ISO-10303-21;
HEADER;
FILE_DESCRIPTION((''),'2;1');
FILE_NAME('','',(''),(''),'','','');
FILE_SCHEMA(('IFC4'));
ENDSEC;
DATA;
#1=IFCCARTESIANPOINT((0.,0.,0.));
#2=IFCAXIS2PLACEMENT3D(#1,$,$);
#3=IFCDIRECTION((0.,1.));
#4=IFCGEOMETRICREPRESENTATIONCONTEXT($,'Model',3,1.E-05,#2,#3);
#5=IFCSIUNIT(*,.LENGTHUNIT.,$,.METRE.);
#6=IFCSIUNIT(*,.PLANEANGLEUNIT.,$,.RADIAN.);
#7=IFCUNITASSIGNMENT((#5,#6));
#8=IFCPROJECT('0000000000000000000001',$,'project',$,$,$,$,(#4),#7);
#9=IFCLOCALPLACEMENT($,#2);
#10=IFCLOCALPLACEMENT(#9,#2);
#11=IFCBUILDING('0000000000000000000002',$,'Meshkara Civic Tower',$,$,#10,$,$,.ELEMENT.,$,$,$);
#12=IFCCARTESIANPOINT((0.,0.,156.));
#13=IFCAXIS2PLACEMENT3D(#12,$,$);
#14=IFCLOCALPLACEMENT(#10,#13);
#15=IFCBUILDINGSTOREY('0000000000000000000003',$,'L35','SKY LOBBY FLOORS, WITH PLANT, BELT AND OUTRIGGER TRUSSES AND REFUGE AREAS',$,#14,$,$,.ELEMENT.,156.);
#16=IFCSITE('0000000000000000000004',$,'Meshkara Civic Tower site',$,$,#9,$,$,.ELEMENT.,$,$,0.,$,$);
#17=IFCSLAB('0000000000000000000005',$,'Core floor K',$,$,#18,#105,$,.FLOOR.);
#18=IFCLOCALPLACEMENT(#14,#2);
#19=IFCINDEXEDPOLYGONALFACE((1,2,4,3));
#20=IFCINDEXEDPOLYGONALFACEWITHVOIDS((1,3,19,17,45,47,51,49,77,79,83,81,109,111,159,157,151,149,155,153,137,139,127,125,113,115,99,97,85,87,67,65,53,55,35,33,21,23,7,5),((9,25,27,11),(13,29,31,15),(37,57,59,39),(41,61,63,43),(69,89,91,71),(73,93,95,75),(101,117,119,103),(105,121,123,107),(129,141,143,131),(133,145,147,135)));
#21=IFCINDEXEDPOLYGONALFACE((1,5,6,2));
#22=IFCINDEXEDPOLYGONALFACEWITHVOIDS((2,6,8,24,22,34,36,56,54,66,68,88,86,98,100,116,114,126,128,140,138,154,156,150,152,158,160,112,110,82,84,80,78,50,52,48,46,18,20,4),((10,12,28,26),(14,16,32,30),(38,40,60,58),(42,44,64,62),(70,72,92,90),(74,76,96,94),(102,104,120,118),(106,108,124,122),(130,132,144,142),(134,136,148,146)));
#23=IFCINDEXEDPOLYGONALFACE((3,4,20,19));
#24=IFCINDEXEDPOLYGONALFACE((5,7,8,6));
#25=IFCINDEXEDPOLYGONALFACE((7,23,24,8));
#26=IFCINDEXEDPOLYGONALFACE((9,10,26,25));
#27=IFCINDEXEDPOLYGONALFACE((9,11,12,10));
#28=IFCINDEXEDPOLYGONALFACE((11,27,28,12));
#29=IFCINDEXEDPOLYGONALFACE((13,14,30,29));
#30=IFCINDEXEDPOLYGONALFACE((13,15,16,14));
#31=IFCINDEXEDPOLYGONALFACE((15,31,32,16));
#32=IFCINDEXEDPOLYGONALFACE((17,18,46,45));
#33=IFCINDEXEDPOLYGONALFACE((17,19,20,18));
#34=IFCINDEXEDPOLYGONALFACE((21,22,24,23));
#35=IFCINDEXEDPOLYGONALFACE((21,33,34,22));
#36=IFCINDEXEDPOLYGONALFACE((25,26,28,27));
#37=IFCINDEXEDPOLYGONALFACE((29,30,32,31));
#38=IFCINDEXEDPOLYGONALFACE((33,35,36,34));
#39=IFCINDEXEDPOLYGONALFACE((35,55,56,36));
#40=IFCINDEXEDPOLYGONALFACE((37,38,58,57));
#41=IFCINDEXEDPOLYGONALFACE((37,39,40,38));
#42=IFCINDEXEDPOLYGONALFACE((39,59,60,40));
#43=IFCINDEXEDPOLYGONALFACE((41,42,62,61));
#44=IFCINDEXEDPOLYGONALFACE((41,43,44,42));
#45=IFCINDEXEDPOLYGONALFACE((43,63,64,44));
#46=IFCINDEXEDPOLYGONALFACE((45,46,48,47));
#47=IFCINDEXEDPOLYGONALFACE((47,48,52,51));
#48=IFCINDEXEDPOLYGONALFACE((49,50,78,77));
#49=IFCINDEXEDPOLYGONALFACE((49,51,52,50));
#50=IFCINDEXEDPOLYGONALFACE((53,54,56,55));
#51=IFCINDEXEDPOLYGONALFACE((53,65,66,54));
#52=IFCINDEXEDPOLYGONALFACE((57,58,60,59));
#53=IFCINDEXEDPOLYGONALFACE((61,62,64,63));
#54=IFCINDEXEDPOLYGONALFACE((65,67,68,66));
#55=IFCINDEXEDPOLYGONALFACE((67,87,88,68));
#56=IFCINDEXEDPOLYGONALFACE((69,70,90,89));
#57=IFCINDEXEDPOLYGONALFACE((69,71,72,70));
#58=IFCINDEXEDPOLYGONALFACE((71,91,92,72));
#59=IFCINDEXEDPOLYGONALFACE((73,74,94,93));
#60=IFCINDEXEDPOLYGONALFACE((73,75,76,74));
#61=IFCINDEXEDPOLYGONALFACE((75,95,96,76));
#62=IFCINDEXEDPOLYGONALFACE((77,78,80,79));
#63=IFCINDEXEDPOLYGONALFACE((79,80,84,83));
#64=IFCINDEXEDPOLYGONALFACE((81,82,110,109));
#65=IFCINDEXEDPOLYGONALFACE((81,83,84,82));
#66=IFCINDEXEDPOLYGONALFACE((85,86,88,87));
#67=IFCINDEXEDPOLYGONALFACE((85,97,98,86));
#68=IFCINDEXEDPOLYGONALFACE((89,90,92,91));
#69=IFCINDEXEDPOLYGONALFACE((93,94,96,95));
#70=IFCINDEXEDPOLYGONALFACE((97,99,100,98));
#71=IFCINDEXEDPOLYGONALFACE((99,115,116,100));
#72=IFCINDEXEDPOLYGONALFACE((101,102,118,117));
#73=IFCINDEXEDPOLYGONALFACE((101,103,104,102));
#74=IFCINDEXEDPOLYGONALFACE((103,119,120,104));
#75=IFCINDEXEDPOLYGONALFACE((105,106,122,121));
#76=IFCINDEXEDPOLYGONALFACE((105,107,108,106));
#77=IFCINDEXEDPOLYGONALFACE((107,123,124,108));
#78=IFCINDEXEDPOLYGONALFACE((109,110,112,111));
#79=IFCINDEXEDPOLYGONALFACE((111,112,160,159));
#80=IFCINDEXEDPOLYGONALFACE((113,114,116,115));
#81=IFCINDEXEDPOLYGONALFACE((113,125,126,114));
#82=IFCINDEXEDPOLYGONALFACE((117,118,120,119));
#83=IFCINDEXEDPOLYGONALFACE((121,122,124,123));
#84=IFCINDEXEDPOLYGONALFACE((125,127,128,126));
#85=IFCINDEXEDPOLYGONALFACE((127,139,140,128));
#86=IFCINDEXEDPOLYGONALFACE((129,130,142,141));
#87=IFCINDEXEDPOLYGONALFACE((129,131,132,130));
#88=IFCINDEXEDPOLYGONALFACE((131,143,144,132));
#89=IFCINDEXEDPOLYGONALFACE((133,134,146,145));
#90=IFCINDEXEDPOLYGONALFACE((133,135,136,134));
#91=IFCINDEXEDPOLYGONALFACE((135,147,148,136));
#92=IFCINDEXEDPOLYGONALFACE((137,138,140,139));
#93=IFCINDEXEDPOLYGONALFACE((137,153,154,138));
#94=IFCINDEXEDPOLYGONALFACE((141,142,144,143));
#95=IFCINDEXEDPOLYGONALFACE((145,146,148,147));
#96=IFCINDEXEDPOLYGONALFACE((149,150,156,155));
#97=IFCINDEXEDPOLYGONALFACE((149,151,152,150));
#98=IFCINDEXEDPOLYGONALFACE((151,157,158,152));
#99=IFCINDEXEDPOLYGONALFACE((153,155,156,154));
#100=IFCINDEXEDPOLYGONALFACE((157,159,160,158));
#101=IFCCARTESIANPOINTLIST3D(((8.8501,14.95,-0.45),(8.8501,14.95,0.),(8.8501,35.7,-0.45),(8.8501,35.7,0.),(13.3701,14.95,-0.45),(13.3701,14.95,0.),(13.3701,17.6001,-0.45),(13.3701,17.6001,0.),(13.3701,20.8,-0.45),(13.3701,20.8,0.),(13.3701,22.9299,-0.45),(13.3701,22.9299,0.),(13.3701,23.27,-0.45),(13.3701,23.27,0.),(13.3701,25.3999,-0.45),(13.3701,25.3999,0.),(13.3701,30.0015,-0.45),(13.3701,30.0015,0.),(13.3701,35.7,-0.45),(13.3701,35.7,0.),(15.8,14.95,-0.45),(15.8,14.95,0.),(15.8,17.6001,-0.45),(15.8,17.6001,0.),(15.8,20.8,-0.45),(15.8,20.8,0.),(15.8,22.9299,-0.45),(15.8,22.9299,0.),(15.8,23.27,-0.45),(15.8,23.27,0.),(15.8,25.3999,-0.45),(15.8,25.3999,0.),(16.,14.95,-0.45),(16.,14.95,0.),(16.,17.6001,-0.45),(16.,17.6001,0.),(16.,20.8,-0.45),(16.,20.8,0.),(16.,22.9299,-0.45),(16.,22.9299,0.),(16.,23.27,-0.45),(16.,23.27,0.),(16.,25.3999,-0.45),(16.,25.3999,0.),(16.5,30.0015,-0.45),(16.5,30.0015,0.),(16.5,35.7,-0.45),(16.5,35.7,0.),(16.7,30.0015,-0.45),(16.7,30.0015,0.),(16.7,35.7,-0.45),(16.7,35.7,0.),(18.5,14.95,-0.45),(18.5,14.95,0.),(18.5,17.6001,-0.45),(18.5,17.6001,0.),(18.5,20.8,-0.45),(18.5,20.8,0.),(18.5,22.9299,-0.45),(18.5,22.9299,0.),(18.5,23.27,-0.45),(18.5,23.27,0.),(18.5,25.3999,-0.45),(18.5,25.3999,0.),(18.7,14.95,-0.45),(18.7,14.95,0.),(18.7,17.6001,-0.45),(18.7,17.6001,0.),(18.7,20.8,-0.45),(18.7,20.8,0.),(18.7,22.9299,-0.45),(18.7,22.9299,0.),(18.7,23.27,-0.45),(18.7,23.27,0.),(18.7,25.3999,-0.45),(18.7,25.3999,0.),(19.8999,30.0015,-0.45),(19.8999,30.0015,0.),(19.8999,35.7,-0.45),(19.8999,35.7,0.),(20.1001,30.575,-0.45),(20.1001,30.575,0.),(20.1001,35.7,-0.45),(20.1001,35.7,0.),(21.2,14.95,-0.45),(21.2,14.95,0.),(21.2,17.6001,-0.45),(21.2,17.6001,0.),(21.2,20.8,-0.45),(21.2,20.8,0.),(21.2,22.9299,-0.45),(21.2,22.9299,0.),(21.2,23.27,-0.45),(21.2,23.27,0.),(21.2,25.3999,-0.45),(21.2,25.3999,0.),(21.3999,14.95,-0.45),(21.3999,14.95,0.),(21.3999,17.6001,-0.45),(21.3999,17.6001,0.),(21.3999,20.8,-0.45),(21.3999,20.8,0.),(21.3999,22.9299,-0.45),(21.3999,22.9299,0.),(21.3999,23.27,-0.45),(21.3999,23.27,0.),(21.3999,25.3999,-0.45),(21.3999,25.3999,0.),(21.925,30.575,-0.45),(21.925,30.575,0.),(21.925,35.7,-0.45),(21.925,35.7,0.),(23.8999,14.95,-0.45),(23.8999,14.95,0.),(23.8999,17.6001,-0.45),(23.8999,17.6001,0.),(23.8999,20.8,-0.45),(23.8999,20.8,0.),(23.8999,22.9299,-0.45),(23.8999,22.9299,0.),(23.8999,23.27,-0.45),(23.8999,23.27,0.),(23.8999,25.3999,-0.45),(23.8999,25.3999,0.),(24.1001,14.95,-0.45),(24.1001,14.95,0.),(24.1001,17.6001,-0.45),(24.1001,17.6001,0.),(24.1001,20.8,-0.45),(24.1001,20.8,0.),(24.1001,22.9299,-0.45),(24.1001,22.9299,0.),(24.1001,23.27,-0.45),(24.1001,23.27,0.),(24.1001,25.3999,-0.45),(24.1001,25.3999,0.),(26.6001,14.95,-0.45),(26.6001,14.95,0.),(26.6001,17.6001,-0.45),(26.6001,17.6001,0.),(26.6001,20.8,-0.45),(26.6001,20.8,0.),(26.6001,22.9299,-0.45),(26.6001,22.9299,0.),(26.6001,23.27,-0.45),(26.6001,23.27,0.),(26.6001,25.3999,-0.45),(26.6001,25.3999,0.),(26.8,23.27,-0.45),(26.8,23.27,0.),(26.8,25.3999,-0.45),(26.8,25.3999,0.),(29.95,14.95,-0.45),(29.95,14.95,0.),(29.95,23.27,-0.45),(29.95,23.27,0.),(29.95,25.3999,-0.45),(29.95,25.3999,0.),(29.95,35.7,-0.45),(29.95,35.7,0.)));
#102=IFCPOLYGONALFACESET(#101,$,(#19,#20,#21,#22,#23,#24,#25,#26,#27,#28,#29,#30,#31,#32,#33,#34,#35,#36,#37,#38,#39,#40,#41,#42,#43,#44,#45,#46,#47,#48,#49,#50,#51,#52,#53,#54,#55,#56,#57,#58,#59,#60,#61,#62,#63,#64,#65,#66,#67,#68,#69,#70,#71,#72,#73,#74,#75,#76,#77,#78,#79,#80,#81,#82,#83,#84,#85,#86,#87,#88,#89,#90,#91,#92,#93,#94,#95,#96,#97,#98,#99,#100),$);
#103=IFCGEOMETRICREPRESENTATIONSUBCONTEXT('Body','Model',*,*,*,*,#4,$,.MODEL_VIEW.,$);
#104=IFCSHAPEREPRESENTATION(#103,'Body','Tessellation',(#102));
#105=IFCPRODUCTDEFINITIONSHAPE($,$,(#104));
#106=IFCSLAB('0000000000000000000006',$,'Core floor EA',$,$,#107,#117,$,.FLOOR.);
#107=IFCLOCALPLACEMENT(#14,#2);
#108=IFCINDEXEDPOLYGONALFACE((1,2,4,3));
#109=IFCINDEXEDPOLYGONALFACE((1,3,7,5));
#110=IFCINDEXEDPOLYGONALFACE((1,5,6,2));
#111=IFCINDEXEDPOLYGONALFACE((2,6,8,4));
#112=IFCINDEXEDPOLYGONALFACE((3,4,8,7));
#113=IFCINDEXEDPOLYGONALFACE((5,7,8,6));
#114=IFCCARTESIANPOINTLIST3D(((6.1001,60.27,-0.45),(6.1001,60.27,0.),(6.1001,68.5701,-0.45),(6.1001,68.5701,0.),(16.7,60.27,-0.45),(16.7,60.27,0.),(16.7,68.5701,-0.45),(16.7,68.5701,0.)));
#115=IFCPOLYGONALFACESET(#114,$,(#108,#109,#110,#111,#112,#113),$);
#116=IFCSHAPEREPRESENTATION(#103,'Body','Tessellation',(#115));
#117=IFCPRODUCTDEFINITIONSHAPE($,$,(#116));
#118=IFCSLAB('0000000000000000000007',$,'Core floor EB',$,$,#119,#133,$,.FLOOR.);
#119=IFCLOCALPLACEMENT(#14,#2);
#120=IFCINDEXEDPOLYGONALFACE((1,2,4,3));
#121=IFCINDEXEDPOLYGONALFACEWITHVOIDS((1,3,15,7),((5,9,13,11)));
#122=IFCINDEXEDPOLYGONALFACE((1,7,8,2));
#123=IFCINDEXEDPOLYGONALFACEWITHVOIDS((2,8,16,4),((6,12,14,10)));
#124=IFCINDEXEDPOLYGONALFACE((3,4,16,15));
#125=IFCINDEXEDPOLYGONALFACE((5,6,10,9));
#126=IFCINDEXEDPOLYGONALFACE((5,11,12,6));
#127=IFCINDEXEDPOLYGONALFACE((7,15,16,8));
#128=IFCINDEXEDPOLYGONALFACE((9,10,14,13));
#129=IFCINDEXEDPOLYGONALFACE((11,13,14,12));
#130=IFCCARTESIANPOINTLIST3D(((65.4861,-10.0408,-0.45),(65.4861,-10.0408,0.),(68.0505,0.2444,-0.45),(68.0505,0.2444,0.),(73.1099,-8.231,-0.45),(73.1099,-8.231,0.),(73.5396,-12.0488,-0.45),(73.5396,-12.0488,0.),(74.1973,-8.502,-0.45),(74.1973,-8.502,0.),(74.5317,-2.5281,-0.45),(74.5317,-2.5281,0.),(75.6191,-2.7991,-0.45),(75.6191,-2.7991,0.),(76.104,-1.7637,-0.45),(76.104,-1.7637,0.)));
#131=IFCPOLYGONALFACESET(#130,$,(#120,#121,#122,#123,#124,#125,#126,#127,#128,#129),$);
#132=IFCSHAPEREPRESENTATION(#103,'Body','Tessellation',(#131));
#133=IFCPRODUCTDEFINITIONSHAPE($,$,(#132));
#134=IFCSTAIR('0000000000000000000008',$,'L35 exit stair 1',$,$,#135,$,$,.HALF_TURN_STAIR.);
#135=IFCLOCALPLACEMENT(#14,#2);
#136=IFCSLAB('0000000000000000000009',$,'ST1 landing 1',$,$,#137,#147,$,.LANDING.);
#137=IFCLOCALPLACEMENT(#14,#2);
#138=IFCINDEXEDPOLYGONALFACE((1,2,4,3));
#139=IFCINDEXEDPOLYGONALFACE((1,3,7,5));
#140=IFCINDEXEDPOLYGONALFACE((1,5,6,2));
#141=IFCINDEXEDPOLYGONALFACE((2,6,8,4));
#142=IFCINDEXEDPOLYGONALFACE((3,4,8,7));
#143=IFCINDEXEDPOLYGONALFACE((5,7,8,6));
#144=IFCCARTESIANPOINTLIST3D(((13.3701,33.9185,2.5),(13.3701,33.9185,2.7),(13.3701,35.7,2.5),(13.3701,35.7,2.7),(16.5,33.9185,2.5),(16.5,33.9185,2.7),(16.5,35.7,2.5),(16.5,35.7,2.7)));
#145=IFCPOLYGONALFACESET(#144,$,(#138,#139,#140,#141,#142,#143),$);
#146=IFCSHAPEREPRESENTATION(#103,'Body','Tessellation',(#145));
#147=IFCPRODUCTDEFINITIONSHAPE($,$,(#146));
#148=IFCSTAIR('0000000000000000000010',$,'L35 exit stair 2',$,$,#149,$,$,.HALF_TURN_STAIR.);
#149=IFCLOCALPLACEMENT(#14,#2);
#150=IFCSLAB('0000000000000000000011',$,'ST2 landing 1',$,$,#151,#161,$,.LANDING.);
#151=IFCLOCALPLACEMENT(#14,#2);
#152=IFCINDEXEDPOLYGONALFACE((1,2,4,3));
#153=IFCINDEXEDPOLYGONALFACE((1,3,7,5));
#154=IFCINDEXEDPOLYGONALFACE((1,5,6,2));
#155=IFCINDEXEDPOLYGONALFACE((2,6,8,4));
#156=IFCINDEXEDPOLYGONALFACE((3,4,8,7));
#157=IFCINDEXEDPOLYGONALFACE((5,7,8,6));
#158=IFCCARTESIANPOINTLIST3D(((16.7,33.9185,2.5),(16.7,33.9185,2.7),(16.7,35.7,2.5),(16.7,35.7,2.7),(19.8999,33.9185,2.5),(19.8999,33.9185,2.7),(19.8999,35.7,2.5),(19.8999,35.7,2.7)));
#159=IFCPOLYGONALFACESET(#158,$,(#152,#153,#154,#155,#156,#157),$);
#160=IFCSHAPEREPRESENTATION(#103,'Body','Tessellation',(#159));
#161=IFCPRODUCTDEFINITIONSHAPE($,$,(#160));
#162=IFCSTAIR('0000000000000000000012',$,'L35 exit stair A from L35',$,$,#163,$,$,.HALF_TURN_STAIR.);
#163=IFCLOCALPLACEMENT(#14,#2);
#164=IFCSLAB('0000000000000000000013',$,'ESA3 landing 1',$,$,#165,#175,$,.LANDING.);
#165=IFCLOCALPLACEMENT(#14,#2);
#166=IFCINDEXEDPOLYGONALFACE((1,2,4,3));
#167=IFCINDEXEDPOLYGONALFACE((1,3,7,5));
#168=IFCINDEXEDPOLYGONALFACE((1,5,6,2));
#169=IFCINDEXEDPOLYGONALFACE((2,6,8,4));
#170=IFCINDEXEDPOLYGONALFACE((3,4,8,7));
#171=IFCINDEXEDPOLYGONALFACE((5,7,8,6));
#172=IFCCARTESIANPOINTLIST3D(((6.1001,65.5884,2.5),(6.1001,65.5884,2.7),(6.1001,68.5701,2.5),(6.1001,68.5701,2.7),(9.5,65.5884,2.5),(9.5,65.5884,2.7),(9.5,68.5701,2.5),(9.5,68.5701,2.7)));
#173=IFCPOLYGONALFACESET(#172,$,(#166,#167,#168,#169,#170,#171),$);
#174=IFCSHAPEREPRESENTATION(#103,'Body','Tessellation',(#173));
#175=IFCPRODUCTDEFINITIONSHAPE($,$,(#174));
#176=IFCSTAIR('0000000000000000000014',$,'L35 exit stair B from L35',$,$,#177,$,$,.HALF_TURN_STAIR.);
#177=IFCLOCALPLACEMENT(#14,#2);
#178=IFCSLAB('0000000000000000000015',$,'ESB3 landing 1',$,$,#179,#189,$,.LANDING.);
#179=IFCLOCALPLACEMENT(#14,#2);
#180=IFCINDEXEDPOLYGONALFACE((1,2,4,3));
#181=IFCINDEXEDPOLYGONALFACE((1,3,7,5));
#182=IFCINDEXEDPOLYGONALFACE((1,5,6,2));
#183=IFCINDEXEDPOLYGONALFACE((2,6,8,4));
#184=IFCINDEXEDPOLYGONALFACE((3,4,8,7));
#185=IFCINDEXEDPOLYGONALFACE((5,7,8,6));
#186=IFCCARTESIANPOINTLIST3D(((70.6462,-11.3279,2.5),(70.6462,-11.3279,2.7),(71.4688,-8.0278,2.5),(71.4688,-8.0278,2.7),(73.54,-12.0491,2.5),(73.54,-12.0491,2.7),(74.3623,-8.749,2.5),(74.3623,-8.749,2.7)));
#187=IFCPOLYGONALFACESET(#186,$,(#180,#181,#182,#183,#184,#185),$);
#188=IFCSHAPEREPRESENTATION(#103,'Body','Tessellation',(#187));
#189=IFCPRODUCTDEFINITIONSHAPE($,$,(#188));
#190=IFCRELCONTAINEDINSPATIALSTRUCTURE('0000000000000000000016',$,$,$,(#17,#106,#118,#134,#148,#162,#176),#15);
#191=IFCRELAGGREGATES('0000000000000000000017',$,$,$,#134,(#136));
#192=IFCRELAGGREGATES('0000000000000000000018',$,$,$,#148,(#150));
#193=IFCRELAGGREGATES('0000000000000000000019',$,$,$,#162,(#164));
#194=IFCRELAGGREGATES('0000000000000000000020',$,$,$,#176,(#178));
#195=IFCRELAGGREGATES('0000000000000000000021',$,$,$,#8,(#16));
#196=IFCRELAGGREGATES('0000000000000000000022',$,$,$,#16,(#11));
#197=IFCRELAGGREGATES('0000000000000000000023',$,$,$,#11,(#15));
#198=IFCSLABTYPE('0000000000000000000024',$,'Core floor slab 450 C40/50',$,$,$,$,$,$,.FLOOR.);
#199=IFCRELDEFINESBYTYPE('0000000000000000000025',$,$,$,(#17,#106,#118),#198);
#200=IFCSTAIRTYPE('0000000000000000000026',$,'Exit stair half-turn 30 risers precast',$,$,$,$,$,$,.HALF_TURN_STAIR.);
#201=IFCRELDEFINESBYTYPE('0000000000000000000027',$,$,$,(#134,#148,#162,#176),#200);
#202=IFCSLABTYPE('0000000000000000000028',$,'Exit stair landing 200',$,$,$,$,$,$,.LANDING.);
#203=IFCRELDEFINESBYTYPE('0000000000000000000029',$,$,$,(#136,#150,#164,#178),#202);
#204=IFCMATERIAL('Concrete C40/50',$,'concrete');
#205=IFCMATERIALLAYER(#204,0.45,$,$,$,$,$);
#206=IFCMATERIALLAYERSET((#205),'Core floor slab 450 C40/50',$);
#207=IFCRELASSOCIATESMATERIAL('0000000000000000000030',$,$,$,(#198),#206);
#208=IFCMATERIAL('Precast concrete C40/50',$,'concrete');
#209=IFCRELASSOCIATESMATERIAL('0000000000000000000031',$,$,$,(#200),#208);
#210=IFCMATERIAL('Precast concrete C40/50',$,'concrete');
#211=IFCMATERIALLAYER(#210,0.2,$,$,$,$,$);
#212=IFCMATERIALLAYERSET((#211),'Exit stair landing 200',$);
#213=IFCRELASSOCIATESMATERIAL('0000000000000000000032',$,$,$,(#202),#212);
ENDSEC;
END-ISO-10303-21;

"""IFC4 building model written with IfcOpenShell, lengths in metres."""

from ifc_helpers import new_model, si_unit, direction, frame, origin, place, context, subcontext, project, spatial, polyline, outline, extrude, material, layer, layer_set, type_object, element, aggregate, save


model = new_model("IFC4")

# Units and contexts
model_context = context("Model", 3, precision=1e-05, world=origin(), true_north=direction((0.0, 1.0)))
body_context = subcontext(model_context, "Body", "Model", "MODEL_VIEW")
ifc_project = project(units=[si_unit("LENGTHUNIT", "METRE"), si_unit("PLANEANGLEUNIT", "RADIAN")], contexts=[model_context])

# Site, building, storey
site_placement = place(None, origin())
site = spatial("IfcSite", under=ifc_project, at=site_placement, Name="Meshkara Civic Tower site", CompositionType="ELEMENT", RefElevation=0.0)
building_placement = place(site_placement, origin())
building = spatial("IfcBuilding", under=site, at=building_placement, Name="Meshkara Civic Tower", CompositionType="ELEMENT")
storey_placement = place(building_placement, frame((0.0, 0.0, 156.0)))
storey = spatial("IfcBuildingStorey", under=building, at=storey_placement, Name="L35", Description="SKY LOBBY FLOORS, WITH PLANT, BELT AND OUTRIGGER TRUSSES AND REFUGE AREAS", CompositionType="ELEMENT", Elevation=156.0)

# Slabs
ifc_material_1 = material(Name="Concrete C40/50", Category="concrete")
ifc_layer_1 = layer(ifc_material_1, 0.45)
ifc_layer_set_1 = layer_set([ifc_layer_1], Name="Core floor slab 450 C40/50")
slab_type_1 = type_object("IfcSlabType", Name="Core floor slab 450 C40/50", PredefinedType="FLOOR", material=ifc_layer_set_1)
slab_1_placement = place(storey_placement, frame((0.0, 0.0, -0.45)))
element("IfcSlab", 1, at=slab_1_placement, inside=storey, type_object=slab_type_1, Name="Core floor K", PredefinedType="FLOOR", context=body_context, shape_type="SweptSolid", body=[
    extrude(outline(polyline([(8.8501, 35.7), (13.3701, 35.7), (13.3701, 30.0015), (16.5, 30.0015), (16.5, 35.7), (16.7, 35.7), (16.7, 30.0015), (19.8999, 30.0015), (19.8999, 35.7), (20.1001, 35.7), (20.1001, 30.575), (21.925, 30.575), (21.925, 35.7), (29.95, 35.7), (29.95, 25.3999), (26.8, 25.3999), (26.8, 23.27), (29.95, 23.27), (29.95, 14.95), (26.6001, 14.95), (26.6001, 17.6001), (24.1001, 17.6001), (24.1001, 14.95), (23.8999, 14.95), (23.8999, 17.6001), (21.3999, 17.6001), (21.3999, 14.95), (21.2, 14.95), (21.2, 17.6001), (18.7, 17.6001), (18.7, 14.95), (18.5, 14.95), (18.5, 17.6001), (16.0, 17.6001), (16.0, 14.95), (15.8, 14.95), (15.8, 17.6001), (13.3701, 17.6001), (13.3701, 14.95), (8.8501, 14.95), (8.8501, 35.7)]), holes=[polyline([(15.8, 20.8), (15.8, 22.9299), (13.3701, 22.9299), (13.3701, 20.8), (15.8, 20.8)]), polyline([(16.0, 22.9299), (16.0, 20.8), (18.5, 20.8), (18.5, 22.9299), (16.0, 22.9299)]), polyline([(18.7, 22.9299), (18.7, 20.8), (21.2, 20.8), (21.2, 22.9299), (18.7, 22.9299)]), polyline([(15.8, 23.27), (15.8, 25.3999), (13.3701, 25.3999), (13.3701, 23.27), (15.8, 23.27)]), polyline([(16.0, 25.3999), (16.0, 23.27), (18.5, 23.27), (18.5, 25.3999), (16.0, 25.3999)]), polyline([(21.2, 25.3999), (18.7, 25.3999), (18.7, 23.27), (21.2, 23.27), (21.2, 25.3999)]), polyline([(21.3999, 22.9299), (21.3999, 20.8), (23.8999, 20.8), (23.8999, 22.9299), (21.3999, 22.9299)]), polyline([(24.1001, 20.8), (26.6001, 20.8), (26.6001, 22.9299), (24.1001, 22.9299), (24.1001, 20.8)]), polyline([(21.3999, 23.27), (23.8999, 23.27), (23.8999, 25.3999), (21.3999, 25.3999), (21.3999, 23.27)]), polyline([(26.6001, 23.27), (26.6001, 25.3999), (24.1001, 25.3999), (24.1001, 23.27), (26.6001, 23.27)])]), origin(), (0.0, 0.0, 1.0), 0.45),
])
slab_2_placement = place(storey_placement, frame((0.0, 0.0, -0.45)))
element("IfcSlab", 2, at=slab_2_placement, inside=storey, type_object=slab_type_1, Name="Core floor EA", PredefinedType="FLOOR", context=body_context, shape_type="SweptSolid", body=[
    extrude(outline(polyline([(6.1001, 60.27), (16.7, 60.27), (16.7, 68.5701), (6.1001, 68.5701), (6.1001, 60.27)])), origin(), (0.0, 0.0, 1.0), 0.45),
])
slab_3_placement = place(storey_placement, frame((0.0, 0.0, -0.45)))
element("IfcSlab", 3, at=slab_3_placement, inside=storey, type_object=slab_type_1, Name="Core floor EB", PredefinedType="FLOOR", context=body_context, shape_type="SweptSolid", body=[
    extrude(outline(polyline([(68.0505, 0.2444), (76.104, -1.7637), (73.5396, -12.0488), (65.4861, -10.0408), (68.0505, 0.2444)]), holes=[polyline([(73.1099, -8.231), (74.1973, -8.502), (75.6191, -2.7991), (74.5317, -2.5281), (73.1099, -8.231)])]), origin(), (0.0, 0.0, 1.0), 0.45),
])

# Stairs, slabs
ifc_material_2 = material(Name="Precast concrete C40/50", Category="concrete")
stair_type = type_object("IfcStairType", Name="Exit stair half-turn 30 risers precast", PredefinedType="HALF_TURN_STAIR", material=ifc_material_2)
stair_1_placement = place(storey_placement, origin())
stair_1 = element("IfcStair", 4, at=stair_1_placement, inside=storey, type_object=stair_type, Name="L35 exit stair 1", PredefinedType="HALF_TURN_STAIR")
ifc_material_3 = material(Name="Precast concrete C40/50", Category="concrete")
ifc_layer_2 = layer(ifc_material_3, 0.2)
ifc_layer_set_2 = layer_set([ifc_layer_2], Name="Exit stair landing 200")
slab_type_2 = type_object("IfcSlabType", Name="Exit stair landing 200", PredefinedType="LANDING", material=ifc_layer_set_2)
slab_4_placement = place(storey_placement, frame((0.0, 0.0, 2.5)))
slab_4 = element("IfcSlab", 5, at=slab_4_placement, type_object=slab_type_2, Name="ST1 landing 1", PredefinedType="LANDING", context=body_context, shape_type="SweptSolid", body=[
    extrude(outline(polyline([(16.5, 33.9185), (16.5, 35.7), (13.3701, 35.7), (13.3701, 33.9185), (16.5, 33.9185)])), origin(), (0.0, 0.0, 1.0), 0.2),
])
aggregate(stair_1, [slab_4])
stair_2_placement = place(storey_placement, origin())
stair_2 = element("IfcStair", 6, at=stair_2_placement, inside=storey, type_object=stair_type, Name="L35 exit stair 2", PredefinedType="HALF_TURN_STAIR")
slab_5_placement = place(storey_placement, frame((0.0, 0.0, 2.5)))
slab_5 = element("IfcSlab", 7, at=slab_5_placement, type_object=slab_type_2, Name="ST2 landing 1", PredefinedType="LANDING", context=body_context, shape_type="SweptSolid", body=[
    extrude(outline(polyline([(19.8999, 33.9185), (19.8999, 35.7), (16.7, 35.7), (16.7, 33.9185), (19.8999, 33.9185)])), origin(), (0.0, 0.0, 1.0), 0.2),
])
aggregate(stair_2, [slab_5])
stair_3_placement = place(storey_placement, origin())
stair_3 = element("IfcStair", 8, at=stair_3_placement, inside=storey, type_object=stair_type, Name="L35 exit stair A from L35", PredefinedType="HALF_TURN_STAIR")
slab_6_placement = place(storey_placement, frame((0.0, 0.0, 2.5)))
slab_6 = element("IfcSlab", 9, at=slab_6_placement, type_object=slab_type_2, Name="ESA3 landing 1", PredefinedType="LANDING", context=body_context, shape_type="SweptSolid", body=[
    extrude(outline(polyline([(9.5, 65.5884), (9.5, 68.5701), (6.1001, 68.5701), (6.1001, 65.5884), (9.5, 65.5884)])), origin(), (0.0, 0.0, 1.0), 0.2),
])
aggregate(stair_3, [slab_6])
stair_4_placement = place(storey_placement, origin())
stair_4 = element("IfcStair", 10, at=stair_4_placement, inside=storey, type_object=stair_type, Name="L35 exit stair B from L35", PredefinedType="HALF_TURN_STAIR")
slab_7_placement = place(storey_placement, frame((0.0, 0.0, 2.5)))
slab_7 = element("IfcSlab", 11, at=slab_7_placement, type_object=slab_type_2, Name="ESB3 landing 1", PredefinedType="LANDING", context=body_context, shape_type="SweptSolid", body=[
    extrude(outline(polyline([(70.6462, -11.3279), (73.54, -12.0491), (74.3623, -8.749), (71.4688, -8.0278), (70.6462, -11.3279)])), origin(), (0.0, 0.0, 1.0), 0.2),
])
aggregate(stair_4, [slab_7])

save(model, "model.ifc")
